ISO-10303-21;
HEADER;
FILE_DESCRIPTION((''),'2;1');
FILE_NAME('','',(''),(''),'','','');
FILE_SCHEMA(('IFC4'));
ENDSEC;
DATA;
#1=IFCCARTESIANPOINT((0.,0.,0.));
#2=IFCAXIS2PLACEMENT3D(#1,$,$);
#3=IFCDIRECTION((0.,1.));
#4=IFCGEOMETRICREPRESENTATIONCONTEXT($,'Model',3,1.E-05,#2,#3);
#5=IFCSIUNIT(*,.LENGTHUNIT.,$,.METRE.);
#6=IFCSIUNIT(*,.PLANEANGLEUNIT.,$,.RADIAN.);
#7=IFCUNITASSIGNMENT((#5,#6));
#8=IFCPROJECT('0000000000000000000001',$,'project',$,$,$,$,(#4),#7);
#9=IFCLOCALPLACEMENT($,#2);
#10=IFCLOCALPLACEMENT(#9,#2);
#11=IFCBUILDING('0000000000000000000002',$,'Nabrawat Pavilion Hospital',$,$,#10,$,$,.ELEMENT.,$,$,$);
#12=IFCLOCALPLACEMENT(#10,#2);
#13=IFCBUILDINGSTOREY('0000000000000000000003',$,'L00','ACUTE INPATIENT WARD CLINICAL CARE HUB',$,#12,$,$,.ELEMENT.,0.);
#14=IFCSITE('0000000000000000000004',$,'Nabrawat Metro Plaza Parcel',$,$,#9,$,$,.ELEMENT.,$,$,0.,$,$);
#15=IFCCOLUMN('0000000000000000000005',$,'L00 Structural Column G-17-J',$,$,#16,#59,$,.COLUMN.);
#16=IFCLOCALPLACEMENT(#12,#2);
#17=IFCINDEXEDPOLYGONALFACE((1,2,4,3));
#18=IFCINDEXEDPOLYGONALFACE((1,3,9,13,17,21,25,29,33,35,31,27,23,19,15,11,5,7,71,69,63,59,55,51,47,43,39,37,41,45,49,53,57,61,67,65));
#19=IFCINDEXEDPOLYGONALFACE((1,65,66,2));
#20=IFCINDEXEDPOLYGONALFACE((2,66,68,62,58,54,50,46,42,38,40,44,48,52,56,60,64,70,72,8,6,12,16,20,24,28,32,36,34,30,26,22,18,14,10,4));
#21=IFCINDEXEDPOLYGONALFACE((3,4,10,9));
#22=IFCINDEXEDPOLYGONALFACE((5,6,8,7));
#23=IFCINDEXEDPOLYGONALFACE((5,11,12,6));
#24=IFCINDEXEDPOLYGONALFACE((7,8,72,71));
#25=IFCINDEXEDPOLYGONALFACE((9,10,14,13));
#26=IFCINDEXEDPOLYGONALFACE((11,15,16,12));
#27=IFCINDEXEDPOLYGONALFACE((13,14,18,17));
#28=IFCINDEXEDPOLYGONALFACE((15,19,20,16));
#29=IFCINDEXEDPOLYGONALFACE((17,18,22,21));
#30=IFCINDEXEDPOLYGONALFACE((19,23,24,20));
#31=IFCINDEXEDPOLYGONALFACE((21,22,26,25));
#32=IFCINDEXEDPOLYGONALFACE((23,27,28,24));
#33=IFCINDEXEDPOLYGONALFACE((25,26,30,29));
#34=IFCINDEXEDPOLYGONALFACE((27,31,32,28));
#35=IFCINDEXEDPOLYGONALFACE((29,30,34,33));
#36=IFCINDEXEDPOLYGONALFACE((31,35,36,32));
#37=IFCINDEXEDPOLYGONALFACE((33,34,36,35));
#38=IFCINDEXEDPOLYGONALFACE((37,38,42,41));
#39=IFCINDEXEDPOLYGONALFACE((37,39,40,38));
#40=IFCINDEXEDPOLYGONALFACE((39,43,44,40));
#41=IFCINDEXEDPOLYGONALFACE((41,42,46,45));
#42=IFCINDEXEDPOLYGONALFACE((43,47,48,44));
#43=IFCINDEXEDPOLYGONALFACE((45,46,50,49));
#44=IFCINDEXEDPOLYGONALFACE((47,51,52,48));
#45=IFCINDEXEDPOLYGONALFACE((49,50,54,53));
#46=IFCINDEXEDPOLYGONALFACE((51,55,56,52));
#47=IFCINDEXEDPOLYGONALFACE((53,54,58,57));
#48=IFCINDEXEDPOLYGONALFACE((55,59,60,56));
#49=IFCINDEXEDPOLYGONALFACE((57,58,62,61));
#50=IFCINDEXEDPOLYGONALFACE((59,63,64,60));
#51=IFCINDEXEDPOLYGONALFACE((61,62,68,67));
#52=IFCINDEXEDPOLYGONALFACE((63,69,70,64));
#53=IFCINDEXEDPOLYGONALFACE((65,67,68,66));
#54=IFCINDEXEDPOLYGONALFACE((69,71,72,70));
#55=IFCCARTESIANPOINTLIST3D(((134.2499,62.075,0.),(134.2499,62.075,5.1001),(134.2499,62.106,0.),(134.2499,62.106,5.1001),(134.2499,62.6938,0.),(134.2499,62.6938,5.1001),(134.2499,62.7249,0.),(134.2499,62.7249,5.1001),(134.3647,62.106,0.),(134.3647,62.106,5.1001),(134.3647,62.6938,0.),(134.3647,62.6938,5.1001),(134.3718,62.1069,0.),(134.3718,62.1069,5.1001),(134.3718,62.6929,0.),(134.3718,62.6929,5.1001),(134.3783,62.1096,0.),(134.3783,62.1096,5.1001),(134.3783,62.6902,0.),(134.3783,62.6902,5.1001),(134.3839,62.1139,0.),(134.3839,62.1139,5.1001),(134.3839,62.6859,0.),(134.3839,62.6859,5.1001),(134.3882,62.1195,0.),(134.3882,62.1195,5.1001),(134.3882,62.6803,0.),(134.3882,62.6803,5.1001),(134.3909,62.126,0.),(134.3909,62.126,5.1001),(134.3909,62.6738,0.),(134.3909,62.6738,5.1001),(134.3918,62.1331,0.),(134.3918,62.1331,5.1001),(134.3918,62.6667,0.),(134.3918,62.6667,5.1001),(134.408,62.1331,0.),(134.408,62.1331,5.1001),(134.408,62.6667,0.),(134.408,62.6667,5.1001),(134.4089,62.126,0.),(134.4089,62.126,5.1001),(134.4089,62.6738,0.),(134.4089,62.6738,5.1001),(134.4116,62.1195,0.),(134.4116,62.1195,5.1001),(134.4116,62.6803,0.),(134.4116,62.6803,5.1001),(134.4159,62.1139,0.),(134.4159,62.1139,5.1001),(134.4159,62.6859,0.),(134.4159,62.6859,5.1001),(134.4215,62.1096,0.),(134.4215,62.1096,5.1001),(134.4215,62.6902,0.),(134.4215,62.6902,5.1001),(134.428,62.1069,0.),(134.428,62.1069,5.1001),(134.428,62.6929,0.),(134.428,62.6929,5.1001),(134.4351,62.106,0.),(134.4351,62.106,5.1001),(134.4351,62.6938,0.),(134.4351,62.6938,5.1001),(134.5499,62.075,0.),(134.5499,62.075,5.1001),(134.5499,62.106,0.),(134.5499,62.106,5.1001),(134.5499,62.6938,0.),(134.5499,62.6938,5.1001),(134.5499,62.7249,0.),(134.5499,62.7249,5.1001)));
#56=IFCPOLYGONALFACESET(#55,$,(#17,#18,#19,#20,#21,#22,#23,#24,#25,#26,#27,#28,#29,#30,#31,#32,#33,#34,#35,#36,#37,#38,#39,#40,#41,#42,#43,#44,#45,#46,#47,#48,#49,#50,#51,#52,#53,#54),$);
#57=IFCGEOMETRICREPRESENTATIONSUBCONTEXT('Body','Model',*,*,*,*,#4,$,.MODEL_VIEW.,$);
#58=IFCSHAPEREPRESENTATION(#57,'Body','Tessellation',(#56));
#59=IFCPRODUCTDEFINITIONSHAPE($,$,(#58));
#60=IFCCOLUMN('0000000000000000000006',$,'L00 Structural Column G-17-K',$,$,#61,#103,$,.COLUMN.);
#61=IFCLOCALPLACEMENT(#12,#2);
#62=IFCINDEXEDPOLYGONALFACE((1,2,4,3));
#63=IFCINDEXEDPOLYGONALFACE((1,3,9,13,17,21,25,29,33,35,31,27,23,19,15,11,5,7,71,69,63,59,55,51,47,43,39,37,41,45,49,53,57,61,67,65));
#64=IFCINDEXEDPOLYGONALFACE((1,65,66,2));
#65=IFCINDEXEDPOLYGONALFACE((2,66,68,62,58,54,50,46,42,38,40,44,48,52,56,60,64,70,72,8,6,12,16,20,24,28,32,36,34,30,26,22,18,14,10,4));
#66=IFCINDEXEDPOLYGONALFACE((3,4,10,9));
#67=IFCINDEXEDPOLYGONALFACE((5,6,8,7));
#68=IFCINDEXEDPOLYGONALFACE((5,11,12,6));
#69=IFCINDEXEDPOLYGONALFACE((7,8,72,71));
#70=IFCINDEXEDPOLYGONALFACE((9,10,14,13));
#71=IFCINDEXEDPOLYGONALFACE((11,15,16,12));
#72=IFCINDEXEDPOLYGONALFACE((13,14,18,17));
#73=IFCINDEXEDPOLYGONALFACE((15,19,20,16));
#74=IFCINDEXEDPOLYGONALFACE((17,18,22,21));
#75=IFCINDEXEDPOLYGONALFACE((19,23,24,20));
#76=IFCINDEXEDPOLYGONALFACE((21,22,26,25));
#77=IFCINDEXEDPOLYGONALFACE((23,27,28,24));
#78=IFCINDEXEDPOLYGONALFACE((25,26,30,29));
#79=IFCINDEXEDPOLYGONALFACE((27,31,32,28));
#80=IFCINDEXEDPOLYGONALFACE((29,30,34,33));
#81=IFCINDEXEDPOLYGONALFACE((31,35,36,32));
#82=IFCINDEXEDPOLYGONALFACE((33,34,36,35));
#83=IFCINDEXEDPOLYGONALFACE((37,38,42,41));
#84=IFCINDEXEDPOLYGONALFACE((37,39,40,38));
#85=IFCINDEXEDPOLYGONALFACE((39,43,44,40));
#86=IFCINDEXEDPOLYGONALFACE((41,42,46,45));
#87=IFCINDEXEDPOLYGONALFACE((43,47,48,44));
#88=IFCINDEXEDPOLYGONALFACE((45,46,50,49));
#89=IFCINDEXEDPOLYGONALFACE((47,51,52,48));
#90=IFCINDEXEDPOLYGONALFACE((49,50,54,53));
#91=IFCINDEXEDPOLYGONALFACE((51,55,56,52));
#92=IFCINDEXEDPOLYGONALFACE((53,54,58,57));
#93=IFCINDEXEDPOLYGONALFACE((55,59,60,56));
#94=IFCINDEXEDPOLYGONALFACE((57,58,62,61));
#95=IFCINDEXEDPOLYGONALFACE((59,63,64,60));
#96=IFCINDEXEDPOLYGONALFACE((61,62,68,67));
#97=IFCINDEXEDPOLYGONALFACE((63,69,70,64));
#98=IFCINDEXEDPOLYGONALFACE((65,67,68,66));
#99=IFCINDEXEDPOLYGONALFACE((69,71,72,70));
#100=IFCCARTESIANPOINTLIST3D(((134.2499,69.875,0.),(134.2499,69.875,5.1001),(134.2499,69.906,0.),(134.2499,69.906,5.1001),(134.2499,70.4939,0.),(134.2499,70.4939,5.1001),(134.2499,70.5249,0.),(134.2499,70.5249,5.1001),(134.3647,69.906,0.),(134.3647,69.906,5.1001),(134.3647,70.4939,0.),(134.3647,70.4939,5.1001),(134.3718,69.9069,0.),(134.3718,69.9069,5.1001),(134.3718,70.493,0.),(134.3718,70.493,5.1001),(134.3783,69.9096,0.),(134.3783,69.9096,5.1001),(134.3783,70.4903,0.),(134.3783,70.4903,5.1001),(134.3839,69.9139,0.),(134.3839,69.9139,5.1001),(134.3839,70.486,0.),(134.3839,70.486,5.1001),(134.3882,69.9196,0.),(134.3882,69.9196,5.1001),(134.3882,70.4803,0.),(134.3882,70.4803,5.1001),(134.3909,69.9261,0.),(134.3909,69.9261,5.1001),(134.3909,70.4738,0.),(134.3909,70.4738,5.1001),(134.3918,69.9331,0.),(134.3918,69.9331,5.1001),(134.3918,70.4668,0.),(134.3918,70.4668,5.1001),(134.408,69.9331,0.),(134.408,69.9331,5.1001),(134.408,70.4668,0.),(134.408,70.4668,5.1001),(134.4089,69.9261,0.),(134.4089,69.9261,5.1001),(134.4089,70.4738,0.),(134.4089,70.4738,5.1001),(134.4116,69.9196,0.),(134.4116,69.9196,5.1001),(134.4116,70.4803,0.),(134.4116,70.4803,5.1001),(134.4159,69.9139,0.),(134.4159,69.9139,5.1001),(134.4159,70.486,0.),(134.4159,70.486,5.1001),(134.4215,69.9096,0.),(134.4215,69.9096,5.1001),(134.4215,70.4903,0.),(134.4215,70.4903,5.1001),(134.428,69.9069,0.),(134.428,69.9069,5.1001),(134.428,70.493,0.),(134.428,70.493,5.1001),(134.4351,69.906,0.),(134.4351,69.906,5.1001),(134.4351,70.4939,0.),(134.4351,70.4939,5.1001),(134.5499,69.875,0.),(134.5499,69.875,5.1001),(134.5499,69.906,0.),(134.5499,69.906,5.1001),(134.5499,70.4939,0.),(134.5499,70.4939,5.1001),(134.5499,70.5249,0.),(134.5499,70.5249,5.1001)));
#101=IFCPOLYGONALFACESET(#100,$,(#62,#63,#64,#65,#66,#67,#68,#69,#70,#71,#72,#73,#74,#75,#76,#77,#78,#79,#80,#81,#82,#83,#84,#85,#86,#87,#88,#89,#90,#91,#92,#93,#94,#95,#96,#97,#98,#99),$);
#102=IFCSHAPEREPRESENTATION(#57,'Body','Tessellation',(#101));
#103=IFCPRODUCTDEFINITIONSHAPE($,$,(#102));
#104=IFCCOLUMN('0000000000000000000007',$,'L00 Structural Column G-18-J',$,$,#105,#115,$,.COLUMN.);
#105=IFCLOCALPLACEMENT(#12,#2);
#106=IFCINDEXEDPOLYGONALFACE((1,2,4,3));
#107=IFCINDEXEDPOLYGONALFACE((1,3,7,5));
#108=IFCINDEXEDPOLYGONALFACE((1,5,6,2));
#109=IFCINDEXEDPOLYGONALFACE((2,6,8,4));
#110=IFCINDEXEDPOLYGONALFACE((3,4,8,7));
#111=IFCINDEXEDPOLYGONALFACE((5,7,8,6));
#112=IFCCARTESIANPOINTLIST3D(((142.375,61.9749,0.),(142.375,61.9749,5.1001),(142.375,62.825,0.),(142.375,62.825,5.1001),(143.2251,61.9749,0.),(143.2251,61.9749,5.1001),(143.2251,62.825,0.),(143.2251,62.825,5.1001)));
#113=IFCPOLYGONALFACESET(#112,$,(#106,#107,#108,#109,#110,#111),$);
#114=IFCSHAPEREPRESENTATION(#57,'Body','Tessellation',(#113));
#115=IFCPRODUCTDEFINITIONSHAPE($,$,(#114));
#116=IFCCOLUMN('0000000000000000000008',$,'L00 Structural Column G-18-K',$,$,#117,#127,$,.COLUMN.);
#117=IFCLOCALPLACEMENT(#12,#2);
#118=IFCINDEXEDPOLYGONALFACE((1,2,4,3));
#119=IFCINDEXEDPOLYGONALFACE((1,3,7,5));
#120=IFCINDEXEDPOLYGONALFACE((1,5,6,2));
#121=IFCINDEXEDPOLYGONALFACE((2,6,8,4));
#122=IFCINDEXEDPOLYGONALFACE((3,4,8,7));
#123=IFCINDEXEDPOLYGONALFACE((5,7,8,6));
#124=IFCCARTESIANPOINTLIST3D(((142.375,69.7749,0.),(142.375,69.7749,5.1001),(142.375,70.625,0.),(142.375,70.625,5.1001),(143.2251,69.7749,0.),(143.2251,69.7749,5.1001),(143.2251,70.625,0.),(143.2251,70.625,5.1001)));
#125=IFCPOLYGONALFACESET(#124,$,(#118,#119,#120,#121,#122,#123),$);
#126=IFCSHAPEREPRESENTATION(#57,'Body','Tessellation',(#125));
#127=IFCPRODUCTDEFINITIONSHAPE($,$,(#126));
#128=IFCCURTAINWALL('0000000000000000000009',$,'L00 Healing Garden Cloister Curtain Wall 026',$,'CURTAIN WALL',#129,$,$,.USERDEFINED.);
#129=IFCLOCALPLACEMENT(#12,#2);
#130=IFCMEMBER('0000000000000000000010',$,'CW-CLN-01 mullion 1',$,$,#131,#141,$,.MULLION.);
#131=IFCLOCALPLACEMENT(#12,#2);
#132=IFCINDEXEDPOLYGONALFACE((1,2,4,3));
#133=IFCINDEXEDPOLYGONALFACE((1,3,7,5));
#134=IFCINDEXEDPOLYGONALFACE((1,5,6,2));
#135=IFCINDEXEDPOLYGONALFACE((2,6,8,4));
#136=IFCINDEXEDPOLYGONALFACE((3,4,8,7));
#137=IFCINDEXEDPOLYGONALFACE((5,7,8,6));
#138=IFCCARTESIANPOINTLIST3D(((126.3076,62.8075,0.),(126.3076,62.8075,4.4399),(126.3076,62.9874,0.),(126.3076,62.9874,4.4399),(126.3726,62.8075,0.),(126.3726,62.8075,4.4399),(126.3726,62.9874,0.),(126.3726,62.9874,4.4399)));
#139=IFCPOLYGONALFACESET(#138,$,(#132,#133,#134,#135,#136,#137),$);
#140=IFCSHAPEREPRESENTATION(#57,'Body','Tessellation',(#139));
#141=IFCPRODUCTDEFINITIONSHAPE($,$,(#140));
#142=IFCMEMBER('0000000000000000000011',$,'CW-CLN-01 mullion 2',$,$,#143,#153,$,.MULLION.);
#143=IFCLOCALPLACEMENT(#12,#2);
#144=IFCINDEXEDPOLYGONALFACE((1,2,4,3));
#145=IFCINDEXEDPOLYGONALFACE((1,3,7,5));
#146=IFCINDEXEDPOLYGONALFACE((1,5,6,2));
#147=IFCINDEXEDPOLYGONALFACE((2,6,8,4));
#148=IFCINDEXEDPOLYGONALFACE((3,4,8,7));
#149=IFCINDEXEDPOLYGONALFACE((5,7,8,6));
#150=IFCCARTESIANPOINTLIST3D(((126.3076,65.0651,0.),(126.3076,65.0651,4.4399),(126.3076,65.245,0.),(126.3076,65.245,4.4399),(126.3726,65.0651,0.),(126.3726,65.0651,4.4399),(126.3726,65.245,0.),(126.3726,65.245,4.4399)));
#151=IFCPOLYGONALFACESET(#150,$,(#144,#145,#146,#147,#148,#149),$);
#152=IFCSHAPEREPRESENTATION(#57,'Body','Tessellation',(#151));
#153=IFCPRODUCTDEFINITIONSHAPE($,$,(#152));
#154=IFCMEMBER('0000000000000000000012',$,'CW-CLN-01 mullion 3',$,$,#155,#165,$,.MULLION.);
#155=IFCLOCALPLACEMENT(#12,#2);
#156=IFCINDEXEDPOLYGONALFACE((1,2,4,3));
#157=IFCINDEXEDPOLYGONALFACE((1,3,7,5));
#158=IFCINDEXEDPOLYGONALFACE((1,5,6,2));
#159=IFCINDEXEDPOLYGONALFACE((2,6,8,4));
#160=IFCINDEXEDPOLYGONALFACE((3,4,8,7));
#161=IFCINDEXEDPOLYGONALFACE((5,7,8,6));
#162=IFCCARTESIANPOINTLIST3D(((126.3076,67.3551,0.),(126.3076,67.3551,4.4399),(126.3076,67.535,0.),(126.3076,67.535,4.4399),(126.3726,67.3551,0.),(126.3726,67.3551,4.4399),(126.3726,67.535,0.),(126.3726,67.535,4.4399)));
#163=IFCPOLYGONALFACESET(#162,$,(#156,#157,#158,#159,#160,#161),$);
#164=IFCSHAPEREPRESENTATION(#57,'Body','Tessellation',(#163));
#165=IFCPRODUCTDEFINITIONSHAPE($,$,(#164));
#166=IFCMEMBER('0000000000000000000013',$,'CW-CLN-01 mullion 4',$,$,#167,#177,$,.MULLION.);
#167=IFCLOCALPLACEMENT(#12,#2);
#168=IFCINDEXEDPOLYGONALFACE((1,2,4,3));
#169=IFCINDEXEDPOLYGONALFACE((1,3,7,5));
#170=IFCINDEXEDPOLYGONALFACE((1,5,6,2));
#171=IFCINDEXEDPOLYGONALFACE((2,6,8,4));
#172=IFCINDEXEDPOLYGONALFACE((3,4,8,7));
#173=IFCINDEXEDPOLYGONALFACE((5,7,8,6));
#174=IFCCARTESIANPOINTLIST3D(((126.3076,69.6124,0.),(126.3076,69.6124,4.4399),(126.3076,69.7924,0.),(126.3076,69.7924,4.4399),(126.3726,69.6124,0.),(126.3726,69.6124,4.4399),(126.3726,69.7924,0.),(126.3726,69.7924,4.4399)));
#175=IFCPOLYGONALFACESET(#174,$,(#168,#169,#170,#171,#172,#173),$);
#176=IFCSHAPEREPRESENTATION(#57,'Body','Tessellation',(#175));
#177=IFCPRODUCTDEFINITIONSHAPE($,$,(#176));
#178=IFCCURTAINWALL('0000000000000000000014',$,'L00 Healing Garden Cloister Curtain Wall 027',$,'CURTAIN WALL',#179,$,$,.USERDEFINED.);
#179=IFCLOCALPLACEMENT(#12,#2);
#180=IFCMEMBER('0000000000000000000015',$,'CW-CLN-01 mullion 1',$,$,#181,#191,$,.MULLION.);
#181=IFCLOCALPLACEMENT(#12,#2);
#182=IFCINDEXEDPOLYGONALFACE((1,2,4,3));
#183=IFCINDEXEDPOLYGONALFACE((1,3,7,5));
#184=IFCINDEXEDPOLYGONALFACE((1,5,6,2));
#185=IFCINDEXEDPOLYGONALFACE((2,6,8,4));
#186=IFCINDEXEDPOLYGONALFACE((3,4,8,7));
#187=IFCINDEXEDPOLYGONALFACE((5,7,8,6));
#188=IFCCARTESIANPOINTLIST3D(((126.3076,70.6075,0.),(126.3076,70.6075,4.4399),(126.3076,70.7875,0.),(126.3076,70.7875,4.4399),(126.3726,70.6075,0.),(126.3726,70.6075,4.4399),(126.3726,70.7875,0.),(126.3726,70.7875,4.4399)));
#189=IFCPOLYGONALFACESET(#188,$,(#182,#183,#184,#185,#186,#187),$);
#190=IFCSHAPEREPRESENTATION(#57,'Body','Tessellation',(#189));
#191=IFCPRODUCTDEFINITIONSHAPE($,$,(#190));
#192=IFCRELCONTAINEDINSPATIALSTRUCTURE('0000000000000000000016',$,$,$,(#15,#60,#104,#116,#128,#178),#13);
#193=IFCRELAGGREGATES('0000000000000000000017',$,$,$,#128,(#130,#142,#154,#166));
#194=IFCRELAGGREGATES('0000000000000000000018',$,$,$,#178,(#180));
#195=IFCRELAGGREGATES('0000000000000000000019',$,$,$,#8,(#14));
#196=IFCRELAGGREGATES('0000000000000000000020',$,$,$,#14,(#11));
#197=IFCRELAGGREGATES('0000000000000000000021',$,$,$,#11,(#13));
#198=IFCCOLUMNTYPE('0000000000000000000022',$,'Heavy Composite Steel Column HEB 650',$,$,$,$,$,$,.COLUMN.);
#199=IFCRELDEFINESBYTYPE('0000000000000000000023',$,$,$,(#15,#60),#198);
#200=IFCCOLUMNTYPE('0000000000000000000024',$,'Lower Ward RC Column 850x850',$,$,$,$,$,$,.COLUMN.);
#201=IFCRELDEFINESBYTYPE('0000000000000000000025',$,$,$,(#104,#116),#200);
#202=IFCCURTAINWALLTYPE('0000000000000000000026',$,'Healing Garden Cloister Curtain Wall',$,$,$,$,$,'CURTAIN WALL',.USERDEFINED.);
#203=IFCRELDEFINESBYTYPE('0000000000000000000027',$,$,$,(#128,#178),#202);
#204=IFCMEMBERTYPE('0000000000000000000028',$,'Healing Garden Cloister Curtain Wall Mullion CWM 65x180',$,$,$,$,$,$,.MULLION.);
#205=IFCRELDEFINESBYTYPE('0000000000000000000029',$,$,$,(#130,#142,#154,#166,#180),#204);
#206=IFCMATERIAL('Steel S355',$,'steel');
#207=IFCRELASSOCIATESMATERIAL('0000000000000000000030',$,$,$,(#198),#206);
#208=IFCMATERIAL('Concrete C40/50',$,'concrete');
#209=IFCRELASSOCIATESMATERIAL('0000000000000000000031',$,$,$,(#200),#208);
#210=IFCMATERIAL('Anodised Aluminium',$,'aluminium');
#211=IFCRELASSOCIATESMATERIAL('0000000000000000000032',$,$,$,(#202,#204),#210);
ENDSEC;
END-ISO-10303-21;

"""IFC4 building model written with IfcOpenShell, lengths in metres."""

from ifc_helpers import new_model, si_unit, direction, frame, origin, origin_2d, place, context, subcontext, project, spatial, rectangle, i_section, extrude, material, material_profile, profile_set, type_object, element, aggregate, save


model = new_model("IFC4")

# Units and contexts
model_context = context("Model", 3, precision=1e-05, world=origin(), true_north=direction((0.0, 1.0)))
body_context = subcontext(model_context, "Body", "Model", "MODEL_VIEW")
ifc_project = project(units=[si_unit("LENGTHUNIT", "METRE"), si_unit("PLANEANGLEUNIT", "RADIAN")], contexts=[model_context])

# Site, building, storey
site_placement = place(None, origin())
site = spatial("IfcSite", under=ifc_project, at=site_placement, Name="Nabrawat Metro Plaza Parcel", CompositionType="ELEMENT", RefElevation=0.0)
building_placement = place(site_placement, origin())
building = spatial("IfcBuilding", under=site, at=building_placement, Name="Nabrawat Pavilion Hospital", CompositionType="ELEMENT")
storey_placement = place(building_placement, origin())
storey = spatial("IfcBuildingStorey", under=building, at=storey_placement, Name="L00", Description="ACUTE INPATIENT WARD CLINICAL CARE HUB", CompositionType="ELEMENT", Elevation=0.0)

# Columns
ifc_material_1 = material(Name="Steel S355", Category="steel")
ifc_material_profile_1 = material_profile(ifc_material_1, i_section(OverallWidth=0.3, OverallDepth=0.6499, WebThickness=0.0161, FlangeThickness=0.031, FilletRadius=0.0271, at=origin_2d()), Name="HEB 650")
ifc_profile_set_1 = profile_set([ifc_material_profile_1], Name="Steel S355")
column_type_1 = type_object("IfcColumnType", Name="Heavy Composite Steel Column HEB 650", PredefinedType="COLUMN", material=ifc_profile_set_1)
for number, where, z_axis, x_axis, name in (
    (1, (134.3999, 62.3999, 0.0), (0.0, 0.0, 1.0), (1.0, 0.0, 0.0), "L00 Structural Column G-17-J"),
    (2, (134.3999, 70.2, 0.0), (0.0, 0.0, 1.0), (1.0, 0.0, 0.0), "L00 Structural Column G-17-K"),
):
    element("IfcColumn", number, at=place(storey_placement, frame(where, z_axis=z_axis, x_axis=x_axis)), inside=storey, type_object=column_type_1, Name=name, PredefinedType="COLUMN", context=body_context, shape_type="SweptSolid", body=[
        extrude(i_section(OverallWidth=0.3, OverallDepth=0.6499, WebThickness=0.0161, FlangeThickness=0.031, FilletRadius=0.0271, at=origin_2d()), origin(), (0.0, 0.0, 1.0), 5.1001),
    ])
ifc_material_2 = material(Name="Concrete C40/50", Category="concrete")
ifc_material_profile_2 = material_profile(ifc_material_2, rectangle(XDim=0.8501, YDim=0.8501, at=origin_2d()), Name="RC 850x850")
ifc_profile_set_2 = profile_set([ifc_material_profile_2], Name="Concrete C40/50")
column_type_2 = type_object("IfcColumnType", Name="Lower Ward RC Column 850x850", PredefinedType="COLUMN", material=ifc_profile_set_2)
for number, where, z_axis, x_axis, name in (
    (3, (142.8, 62.3999, 0.0), (0.0, 0.0, 1.0), (1.0, 0.0, 0.0), "L00 Structural Column G-18-J"),
    (4, (142.8, 70.2, 0.0), (0.0, 0.0, 1.0), (1.0, 0.0, 0.0), "L00 Structural Column G-18-K"),
):
    element("IfcColumn", number, at=place(storey_placement, frame(where, z_axis=z_axis, x_axis=x_axis)), inside=storey, type_object=column_type_2, Name=name, PredefinedType="COLUMN", context=body_context, shape_type="SweptSolid", body=[
        extrude(rectangle(XDim=0.8501, YDim=0.8501, at=origin_2d()), origin(), (0.0, 0.0, 1.0), 5.1001),
    ])

# Curtain wall, members
ifc_material_3 = material(Name="Anodised Aluminium", Category="aluminium")
curtain_wall_type = type_object("IfcCurtainWallType", Name="Healing Garden Cloister Curtain Wall", ElementType="CURTAIN WALL", PredefinedType="USERDEFINED", material=ifc_material_3)
curtain_wall_1_placement = place(storey_placement, origin())
curtain_wall_1 = element("IfcCurtainWall", 5, at=curtain_wall_1_placement, inside=storey, type_object=curtain_wall_type, Name="L00 Healing Garden Cloister Curtain Wall 026", ObjectType="CURTAIN WALL", PredefinedType="USERDEFINED")
ifc_material_profile_3 = material_profile(ifc_material_3, rectangle(XDim=0.0649, YDim=0.1799, at=origin_2d()), Name="CWM 65x180")
ifc_profile_set_3 = profile_set([ifc_material_profile_3], Name="Anodised Aluminium")
member_type_1 = type_object("IfcMemberType", Name="Healing Garden Cloister Curtain Wall Mullion CWM 65x180", PredefinedType="MULLION", material=ifc_profile_set_3)
member_1_placement = place(storey_placement, frame((126.3401, 62.8975, 0.0), z_axis=(0.0, 0.0, 1.0), x_axis=(-1.0, 0.0, 0.0)))
member_1 = element("IfcMember", 6, at=member_1_placement, type_object=member_type_1, Name="CW-CLN-01 mullion 1", PredefinedType="MULLION", context=body_context, shape_type="SweptSolid", body=[
    extrude(rectangle(XDim=0.0649, YDim=0.1799, at=origin_2d()), origin(), (0.0, 0.0, 1.0), 4.4399),
])
member_2_placement = place(storey_placement, frame((126.3401, 65.155, 0.0), z_axis=(0.0, 0.0, 1.0), x_axis=(-1.0, 0.0, 0.0)))
member_2 = element("IfcMember", 7, at=member_2_placement, type_object=member_type_1, Name="CW-CLN-01 mullion 2", PredefinedType="MULLION", context=body_context, shape_type="SweptSolid", body=[
    extrude(rectangle(XDim=0.0649, YDim=0.1799, at=origin_2d()), origin(), (0.0, 0.0, 1.0), 4.4399),
])
member_3_placement = place(storey_placement, frame((126.3401, 67.4451, 0.0), z_axis=(0.0, 0.0, 1.0), x_axis=(-1.0, 0.0, 0.0)))
member_3 = element("IfcMember", 8, at=member_3_placement, type_object=member_type_1, Name="CW-CLN-01 mullion 3", PredefinedType="MULLION", context=body_context, shape_type="SweptSolid", body=[
    extrude(rectangle(XDim=0.0649, YDim=0.1799, at=origin_2d()), origin(), (0.0, 0.0, 1.0), 4.4399),
])
member_4_placement = place(storey_placement, frame((126.3401, 69.7024, 0.0), z_axis=(0.0, 0.0, 1.0), x_axis=(-1.0, 0.0, 0.0)))
member_4 = element("IfcMember", 9, at=member_4_placement, type_object=member_type_1, Name="CW-CLN-01 mullion 4", PredefinedType="MULLION", context=body_context, shape_type="SweptSolid", body=[
    extrude(rectangle(XDim=0.0649, YDim=0.1799, at=origin_2d()), origin(), (0.0, 0.0, 1.0), 4.4399),
])

# Curtain wall, member
curtain_wall_2_placement = place(storey_placement, origin())
curtain_wall_2 = element("IfcCurtainWall", 10, at=curtain_wall_2_placement, inside=storey, type_object=curtain_wall_type, Name="L00 Healing Garden Cloister Curtain Wall 027", ObjectType="CURTAIN WALL", PredefinedType="USERDEFINED")
member_5_placement = place(storey_placement, frame((126.3401, 70.6975, 0.0), z_axis=(0.0, 0.0, 1.0), x_axis=(-1.0, 0.0, 0.0)))
member_5 = element("IfcMember", 11, at=member_5_placement, type_object=member_type_1, Name="CW-CLN-01 mullion 1", PredefinedType="MULLION", context=body_context, shape_type="SweptSolid", body=[
    extrude(rectangle(XDim=0.0649, YDim=0.1799, at=origin_2d()), origin(), (0.0, 0.0, 1.0), 4.4399),
])

aggregate(curtain_wall_1, [member_1, member_2, member_3, member_4])
aggregate(curtain_wall_2, [member_5])

save(model, "model.ifc")
